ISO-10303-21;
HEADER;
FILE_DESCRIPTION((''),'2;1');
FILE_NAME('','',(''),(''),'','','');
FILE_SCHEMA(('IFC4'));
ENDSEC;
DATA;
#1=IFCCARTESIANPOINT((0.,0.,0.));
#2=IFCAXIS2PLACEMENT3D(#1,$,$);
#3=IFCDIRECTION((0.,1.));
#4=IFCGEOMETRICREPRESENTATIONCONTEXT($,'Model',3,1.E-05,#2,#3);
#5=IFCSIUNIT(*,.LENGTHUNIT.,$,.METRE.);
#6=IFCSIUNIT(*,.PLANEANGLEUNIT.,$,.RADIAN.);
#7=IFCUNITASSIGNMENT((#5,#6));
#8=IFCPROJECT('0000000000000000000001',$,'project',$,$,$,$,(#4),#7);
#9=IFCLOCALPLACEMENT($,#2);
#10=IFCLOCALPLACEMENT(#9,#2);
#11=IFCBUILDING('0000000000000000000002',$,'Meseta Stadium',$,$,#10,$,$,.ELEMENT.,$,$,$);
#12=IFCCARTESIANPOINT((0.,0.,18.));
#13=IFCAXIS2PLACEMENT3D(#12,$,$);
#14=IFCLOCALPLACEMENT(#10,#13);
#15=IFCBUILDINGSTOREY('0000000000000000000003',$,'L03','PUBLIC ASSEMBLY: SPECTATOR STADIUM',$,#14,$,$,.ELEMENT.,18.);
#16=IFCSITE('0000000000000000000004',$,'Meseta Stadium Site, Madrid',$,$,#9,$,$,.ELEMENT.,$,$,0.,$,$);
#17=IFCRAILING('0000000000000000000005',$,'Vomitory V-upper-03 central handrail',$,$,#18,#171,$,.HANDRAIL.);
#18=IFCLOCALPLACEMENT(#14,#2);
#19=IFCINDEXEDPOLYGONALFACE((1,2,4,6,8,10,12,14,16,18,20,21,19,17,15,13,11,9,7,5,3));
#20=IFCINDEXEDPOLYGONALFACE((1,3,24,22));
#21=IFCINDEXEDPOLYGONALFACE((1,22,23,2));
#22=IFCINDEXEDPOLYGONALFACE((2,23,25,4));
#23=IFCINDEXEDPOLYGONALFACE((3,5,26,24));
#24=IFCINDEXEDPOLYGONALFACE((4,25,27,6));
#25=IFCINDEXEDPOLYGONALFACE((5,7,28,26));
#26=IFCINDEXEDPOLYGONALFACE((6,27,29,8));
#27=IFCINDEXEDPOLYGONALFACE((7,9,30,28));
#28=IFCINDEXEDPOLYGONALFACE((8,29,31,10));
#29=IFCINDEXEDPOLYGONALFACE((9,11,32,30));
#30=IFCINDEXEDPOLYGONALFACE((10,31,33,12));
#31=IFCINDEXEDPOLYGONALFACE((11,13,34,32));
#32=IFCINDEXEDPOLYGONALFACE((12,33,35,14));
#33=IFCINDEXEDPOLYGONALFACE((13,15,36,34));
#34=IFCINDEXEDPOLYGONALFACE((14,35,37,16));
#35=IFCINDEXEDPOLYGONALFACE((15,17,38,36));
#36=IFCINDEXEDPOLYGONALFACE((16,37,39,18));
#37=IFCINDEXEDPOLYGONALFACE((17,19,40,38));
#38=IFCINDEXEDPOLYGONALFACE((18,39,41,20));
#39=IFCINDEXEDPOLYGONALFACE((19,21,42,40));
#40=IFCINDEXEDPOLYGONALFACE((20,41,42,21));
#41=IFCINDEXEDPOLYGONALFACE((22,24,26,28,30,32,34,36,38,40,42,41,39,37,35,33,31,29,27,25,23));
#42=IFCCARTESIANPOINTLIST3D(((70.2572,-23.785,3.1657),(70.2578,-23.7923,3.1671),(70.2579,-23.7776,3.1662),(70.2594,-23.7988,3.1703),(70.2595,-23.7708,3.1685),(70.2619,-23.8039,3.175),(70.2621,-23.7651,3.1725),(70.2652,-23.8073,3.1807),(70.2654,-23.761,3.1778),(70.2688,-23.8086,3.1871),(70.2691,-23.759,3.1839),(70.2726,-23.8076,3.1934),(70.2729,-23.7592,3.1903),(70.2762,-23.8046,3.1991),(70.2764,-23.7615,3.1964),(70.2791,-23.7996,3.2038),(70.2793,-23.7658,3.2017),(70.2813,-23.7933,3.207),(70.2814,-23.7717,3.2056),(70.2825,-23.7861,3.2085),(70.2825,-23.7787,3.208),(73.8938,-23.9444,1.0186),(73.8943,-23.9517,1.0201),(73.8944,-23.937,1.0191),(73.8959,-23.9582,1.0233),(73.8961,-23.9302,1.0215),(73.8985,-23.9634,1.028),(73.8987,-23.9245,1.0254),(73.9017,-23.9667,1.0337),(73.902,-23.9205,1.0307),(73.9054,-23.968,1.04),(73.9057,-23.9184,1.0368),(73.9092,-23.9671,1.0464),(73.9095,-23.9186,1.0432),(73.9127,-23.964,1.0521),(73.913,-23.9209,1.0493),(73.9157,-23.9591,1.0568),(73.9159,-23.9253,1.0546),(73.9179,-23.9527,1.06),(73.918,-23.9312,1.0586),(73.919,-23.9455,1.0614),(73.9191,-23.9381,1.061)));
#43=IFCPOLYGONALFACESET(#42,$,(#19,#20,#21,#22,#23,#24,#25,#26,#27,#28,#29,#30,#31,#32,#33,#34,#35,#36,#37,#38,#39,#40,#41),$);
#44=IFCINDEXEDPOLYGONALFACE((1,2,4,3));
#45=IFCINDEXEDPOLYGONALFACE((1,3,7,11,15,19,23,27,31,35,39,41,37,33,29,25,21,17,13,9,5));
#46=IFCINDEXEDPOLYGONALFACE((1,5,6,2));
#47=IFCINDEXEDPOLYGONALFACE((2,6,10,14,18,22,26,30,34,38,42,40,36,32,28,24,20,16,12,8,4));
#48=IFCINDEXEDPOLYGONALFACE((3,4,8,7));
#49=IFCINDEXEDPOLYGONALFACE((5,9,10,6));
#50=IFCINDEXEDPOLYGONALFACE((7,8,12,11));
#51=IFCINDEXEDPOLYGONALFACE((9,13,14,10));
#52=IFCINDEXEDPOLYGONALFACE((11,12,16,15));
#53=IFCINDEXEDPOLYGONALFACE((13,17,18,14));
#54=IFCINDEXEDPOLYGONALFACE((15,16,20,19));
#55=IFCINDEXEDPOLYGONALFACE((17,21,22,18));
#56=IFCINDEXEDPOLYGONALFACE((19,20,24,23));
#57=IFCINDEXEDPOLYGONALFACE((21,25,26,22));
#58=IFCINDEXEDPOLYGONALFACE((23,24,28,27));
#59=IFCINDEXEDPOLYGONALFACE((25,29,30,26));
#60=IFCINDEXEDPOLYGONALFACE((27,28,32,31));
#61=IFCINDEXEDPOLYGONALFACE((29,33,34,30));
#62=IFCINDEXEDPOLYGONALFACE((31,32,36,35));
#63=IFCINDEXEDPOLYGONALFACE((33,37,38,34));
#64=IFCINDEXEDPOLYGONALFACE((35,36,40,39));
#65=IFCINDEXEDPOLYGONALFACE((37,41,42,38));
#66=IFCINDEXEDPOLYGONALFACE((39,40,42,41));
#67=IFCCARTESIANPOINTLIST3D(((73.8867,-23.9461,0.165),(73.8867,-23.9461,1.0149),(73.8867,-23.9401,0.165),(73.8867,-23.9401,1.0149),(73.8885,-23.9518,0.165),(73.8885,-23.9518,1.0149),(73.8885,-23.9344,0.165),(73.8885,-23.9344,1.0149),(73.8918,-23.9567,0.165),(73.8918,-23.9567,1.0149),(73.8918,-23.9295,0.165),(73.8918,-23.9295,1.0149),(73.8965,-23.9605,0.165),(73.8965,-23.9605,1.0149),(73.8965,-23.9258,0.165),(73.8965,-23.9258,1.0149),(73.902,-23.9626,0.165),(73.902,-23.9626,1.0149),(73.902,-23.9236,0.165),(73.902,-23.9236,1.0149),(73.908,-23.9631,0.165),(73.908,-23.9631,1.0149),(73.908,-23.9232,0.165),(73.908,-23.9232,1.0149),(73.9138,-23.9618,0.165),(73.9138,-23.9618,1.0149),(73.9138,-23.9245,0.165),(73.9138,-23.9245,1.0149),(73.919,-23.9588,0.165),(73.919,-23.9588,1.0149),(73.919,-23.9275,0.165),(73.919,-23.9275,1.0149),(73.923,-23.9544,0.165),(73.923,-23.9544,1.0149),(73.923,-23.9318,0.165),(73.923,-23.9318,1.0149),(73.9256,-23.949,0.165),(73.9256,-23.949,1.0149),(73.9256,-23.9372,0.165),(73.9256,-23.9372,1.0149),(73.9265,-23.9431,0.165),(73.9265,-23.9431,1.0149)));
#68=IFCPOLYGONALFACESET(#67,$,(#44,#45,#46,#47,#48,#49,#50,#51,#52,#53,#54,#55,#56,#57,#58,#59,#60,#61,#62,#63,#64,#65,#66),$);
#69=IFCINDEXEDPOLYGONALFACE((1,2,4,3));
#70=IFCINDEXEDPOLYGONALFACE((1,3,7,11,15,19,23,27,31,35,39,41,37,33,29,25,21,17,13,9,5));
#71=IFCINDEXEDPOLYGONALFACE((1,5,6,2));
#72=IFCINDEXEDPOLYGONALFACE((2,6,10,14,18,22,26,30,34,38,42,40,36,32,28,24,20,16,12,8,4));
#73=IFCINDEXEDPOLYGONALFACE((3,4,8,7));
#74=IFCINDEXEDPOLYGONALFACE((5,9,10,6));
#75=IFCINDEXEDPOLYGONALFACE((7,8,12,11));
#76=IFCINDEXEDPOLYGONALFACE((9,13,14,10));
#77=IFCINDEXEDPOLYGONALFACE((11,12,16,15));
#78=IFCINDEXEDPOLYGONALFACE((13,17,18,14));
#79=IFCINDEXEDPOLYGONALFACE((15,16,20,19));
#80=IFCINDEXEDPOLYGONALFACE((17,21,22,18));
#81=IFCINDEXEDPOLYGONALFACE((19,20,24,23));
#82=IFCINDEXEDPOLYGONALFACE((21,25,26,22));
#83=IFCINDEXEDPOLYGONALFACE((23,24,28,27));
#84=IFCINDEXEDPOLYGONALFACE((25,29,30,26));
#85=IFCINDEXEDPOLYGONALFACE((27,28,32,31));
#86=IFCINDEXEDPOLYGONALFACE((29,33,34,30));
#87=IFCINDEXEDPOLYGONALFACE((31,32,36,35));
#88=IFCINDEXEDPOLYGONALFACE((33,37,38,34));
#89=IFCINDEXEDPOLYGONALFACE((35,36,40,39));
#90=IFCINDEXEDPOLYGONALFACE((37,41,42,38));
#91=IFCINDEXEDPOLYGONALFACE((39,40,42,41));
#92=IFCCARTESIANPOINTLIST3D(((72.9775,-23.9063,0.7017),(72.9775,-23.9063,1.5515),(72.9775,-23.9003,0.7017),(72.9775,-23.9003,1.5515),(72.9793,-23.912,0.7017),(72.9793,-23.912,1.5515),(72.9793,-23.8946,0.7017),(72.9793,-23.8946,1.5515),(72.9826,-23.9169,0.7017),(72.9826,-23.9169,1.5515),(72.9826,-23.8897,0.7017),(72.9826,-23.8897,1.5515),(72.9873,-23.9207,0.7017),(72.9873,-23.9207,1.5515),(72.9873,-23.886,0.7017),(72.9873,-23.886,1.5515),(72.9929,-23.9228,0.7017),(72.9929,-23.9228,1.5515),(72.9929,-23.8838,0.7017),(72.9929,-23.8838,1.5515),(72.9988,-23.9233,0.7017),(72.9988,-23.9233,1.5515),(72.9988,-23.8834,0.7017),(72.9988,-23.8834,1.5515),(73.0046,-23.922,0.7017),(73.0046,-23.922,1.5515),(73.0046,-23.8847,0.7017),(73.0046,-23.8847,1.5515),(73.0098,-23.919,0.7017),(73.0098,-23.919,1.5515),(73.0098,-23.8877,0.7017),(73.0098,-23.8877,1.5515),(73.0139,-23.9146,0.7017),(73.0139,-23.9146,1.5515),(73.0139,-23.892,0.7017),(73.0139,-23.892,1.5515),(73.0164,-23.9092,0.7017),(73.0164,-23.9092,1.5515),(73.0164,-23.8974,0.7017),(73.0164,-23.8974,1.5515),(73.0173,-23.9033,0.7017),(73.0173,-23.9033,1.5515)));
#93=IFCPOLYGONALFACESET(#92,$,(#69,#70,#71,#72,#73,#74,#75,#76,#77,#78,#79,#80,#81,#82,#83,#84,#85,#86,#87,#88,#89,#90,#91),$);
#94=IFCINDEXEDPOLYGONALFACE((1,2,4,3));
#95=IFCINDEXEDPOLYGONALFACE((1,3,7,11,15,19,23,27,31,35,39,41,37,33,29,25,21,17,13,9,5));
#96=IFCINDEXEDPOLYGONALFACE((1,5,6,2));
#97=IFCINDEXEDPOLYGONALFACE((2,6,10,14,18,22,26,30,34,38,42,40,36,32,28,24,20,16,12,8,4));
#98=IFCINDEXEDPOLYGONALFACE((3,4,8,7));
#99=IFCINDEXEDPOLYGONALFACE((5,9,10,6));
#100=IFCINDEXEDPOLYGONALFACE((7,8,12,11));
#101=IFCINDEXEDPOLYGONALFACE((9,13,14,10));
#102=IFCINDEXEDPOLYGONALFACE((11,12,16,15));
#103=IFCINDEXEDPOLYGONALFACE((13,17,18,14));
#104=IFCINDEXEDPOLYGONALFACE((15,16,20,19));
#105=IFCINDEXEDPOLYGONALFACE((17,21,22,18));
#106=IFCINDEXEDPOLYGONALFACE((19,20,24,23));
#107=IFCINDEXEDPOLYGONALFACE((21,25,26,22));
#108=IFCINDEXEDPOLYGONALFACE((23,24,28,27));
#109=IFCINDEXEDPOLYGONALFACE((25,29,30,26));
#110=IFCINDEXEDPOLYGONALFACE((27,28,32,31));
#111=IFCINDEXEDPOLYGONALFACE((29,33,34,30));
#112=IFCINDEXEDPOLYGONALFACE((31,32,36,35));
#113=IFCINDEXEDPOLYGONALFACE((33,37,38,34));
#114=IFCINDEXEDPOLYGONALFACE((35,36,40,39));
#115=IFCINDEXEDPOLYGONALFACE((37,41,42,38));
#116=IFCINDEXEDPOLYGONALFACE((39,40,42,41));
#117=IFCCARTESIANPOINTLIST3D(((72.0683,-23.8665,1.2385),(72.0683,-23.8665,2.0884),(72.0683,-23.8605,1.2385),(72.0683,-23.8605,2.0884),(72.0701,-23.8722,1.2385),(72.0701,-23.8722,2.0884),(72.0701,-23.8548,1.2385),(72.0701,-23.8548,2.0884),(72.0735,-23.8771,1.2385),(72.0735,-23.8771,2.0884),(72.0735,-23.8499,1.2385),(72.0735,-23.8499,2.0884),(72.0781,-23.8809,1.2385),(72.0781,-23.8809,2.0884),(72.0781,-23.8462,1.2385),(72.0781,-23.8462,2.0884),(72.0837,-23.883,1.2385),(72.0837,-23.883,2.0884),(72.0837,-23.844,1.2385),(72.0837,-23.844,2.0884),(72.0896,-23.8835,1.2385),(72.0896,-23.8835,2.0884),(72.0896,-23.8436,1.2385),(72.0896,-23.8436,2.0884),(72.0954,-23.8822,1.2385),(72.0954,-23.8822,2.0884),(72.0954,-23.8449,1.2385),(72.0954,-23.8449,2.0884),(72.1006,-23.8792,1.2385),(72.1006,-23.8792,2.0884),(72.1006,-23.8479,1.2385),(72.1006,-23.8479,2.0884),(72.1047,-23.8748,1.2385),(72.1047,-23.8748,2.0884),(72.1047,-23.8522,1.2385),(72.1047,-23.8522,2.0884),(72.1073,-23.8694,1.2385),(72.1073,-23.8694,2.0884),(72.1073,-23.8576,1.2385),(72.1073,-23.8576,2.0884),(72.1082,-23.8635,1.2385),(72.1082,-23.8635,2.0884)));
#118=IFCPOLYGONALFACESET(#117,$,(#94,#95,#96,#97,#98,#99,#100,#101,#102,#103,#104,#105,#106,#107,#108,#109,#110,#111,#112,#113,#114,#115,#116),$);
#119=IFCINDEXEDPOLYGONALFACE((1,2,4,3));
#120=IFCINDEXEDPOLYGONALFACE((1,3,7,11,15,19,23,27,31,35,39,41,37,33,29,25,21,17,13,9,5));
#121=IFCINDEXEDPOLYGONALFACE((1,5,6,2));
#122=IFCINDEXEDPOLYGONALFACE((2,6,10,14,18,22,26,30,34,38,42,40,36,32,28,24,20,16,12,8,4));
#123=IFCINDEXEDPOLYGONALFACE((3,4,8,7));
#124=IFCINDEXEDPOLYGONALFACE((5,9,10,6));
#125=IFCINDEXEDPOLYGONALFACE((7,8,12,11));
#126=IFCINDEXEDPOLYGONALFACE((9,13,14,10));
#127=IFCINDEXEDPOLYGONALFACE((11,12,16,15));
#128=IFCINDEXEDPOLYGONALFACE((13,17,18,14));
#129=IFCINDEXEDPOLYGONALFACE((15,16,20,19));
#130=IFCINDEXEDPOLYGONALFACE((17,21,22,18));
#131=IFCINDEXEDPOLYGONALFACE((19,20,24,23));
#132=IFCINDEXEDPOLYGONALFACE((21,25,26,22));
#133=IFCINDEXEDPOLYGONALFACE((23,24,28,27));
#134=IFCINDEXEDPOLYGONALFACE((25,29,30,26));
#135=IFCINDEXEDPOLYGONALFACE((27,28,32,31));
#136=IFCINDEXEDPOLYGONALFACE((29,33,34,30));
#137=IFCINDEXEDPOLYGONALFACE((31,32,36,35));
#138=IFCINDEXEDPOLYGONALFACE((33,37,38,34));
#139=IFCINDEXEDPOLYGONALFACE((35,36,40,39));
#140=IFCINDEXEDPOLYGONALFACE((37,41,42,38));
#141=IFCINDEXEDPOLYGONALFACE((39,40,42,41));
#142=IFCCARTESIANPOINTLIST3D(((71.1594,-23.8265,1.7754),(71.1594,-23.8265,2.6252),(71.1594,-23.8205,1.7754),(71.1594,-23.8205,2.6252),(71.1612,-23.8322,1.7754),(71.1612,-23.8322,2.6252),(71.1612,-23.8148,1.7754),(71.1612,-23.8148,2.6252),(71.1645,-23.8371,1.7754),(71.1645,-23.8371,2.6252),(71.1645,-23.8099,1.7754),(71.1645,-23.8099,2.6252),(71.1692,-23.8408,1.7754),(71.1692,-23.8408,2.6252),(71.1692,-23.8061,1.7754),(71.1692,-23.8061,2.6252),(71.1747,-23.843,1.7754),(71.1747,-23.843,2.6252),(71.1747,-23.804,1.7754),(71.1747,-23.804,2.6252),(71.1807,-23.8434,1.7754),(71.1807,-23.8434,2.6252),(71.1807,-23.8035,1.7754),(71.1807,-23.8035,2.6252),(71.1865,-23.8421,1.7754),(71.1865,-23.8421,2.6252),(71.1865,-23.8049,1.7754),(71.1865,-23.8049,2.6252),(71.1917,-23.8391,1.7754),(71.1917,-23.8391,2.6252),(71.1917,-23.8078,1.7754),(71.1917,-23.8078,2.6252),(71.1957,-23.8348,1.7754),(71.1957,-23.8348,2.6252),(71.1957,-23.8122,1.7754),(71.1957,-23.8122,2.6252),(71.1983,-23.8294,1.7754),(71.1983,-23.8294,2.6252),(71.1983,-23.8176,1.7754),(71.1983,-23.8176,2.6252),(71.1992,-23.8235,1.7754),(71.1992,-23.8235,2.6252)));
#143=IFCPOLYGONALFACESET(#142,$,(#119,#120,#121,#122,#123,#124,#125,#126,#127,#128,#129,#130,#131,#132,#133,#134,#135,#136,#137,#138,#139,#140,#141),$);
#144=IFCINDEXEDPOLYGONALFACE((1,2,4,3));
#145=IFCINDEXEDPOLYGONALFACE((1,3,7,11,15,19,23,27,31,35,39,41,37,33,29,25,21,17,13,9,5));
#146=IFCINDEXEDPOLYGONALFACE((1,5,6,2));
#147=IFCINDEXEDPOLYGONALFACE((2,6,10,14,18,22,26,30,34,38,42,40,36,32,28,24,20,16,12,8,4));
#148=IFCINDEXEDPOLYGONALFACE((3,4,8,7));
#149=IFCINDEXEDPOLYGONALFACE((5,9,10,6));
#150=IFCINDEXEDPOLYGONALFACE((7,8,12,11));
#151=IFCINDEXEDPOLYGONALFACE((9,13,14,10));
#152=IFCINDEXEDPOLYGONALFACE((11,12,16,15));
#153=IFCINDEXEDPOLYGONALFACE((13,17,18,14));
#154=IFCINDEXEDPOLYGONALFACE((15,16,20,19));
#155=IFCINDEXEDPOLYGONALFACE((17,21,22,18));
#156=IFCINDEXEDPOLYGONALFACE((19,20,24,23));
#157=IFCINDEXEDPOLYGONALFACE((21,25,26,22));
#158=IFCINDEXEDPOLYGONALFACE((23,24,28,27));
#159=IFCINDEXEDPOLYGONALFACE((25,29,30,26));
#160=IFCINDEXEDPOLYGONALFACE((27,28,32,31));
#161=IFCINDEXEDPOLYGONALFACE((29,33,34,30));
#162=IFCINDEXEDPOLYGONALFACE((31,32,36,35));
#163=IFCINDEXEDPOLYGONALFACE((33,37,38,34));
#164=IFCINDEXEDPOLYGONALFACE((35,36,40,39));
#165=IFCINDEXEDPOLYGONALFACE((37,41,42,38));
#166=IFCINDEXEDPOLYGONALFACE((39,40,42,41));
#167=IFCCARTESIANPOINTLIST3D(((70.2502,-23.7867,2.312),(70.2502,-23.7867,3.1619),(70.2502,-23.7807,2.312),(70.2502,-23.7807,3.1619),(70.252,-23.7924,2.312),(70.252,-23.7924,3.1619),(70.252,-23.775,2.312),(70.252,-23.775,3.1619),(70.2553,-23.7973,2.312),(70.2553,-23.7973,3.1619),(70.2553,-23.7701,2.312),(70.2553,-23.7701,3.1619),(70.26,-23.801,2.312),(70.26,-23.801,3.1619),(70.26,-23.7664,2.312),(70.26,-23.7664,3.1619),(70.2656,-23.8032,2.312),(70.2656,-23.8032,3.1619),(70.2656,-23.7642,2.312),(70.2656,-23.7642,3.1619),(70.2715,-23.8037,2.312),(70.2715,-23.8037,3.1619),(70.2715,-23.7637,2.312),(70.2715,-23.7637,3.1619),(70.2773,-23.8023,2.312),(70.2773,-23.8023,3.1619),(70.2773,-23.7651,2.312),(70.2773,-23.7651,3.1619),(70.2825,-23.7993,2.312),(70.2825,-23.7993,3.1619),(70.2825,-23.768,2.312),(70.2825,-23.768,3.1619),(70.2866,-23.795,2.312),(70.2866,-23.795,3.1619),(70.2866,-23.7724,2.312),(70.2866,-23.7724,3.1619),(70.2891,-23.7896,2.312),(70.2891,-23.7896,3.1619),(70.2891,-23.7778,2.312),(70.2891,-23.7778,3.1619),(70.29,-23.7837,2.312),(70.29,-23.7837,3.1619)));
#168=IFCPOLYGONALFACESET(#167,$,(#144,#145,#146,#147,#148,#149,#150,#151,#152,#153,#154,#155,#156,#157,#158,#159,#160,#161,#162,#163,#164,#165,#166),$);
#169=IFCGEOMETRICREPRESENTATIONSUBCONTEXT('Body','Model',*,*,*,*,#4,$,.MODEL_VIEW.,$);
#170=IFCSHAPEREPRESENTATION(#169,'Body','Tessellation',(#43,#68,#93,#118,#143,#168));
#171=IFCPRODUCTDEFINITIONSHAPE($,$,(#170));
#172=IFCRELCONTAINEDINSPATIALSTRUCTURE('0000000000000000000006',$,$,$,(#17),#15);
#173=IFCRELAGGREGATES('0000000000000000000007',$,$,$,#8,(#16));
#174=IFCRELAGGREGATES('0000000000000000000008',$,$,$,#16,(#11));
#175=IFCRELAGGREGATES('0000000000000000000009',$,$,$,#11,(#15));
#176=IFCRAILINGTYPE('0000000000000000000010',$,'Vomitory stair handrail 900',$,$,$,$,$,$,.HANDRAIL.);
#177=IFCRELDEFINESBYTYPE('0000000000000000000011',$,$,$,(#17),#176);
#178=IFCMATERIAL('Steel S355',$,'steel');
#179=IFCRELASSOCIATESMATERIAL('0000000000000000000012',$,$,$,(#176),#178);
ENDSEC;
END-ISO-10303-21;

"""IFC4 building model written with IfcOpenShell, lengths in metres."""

from ifc_helpers import new_model, si_unit, direction, frame, origin, origin_2d, place, context, subcontext, project, spatial, circle, extrude, material, type_object, element, save


model = new_model("IFC4")

# Units and contexts
model_context = context("Model", 3, precision=1e-05, world=origin(), true_north=direction((0.0, 1.0)))
body_context = subcontext(model_context, "Body", "Model", "MODEL_VIEW")
ifc_project = project(units=[si_unit("LENGTHUNIT", "METRE"), si_unit("PLANEANGLEUNIT", "RADIAN")], contexts=[model_context])

# Site, building, storey
site_placement = place(None, origin())
site = spatial("IfcSite", under=ifc_project, at=site_placement, Name="Meseta Stadium Site, Madrid", CompositionType="ELEMENT", RefElevation=0.0)
building_placement = place(site_placement, origin())
building = spatial("IfcBuilding", under=site, at=building_placement, Name="Meseta Stadium", CompositionType="ELEMENT")
storey_placement = place(building_placement, frame((0.0, 0.0, 18.0)))
storey = spatial("IfcBuildingStorey", under=building, at=storey_placement, Name="L03", Description="PUBLIC ASSEMBLY: SPECTATOR STADIUM", CompositionType="ELEMENT", Elevation=18.0)

# Railing
ifc_material_1 = material(Name="Steel S355", Category="steel")
railing_type_1 = type_object("IfcRailingType", Name="Vomitory stair handrail 900", PredefinedType="HANDRAIL", material=ifc_material_1)
railing_1_placement = place(storey_placement, frame((73.9065, -23.9431, 0.165)))
element("IfcRailing", 1, at=railing_1_placement, inside=storey, type_object=railing_type_1, Name="Vomitory V-upper-03 central handrail", PredefinedType="HANDRAIL", context=body_context, shape_type="SweptSolid", body=[
    extrude(circle(Radius=0.0249, at=origin_2d()), frame((0.0, 0.0, 0.875), z_axis=(-0.860506, 0.037725, 0.508042), x_axis=(-0.043798, -0.99904, 0.0)), (0.0, 0.0, 1.0), 4.2261),
    extrude(circle(Radius=0.02, at=origin_2d()), origin(), (0.0, 0.0, 1.0), 0.8499),
    extrude(circle(Radius=0.02, at=origin_2d()), frame((-0.9092, 0.0398, 0.5366)), (0.0, 0.0, 1.0), 0.8499),
    extrude(circle(Radius=0.02, at=origin_2d()), frame((-1.8184, 0.0796, 1.0735)), (0.0, 0.0, 1.0), 0.8499),
    extrude(circle(Radius=0.02, at=origin_2d()), frame((-2.7273, 0.1196, 1.6104)), (0.0, 0.0, 1.0), 0.8499),
    extrude(circle(Radius=0.02, at=origin_2d()), frame((-3.6365, 0.1594, 2.147)), (0.0, 0.0, 1.0), 0.8499),
])

save(model, "model.ifc")
